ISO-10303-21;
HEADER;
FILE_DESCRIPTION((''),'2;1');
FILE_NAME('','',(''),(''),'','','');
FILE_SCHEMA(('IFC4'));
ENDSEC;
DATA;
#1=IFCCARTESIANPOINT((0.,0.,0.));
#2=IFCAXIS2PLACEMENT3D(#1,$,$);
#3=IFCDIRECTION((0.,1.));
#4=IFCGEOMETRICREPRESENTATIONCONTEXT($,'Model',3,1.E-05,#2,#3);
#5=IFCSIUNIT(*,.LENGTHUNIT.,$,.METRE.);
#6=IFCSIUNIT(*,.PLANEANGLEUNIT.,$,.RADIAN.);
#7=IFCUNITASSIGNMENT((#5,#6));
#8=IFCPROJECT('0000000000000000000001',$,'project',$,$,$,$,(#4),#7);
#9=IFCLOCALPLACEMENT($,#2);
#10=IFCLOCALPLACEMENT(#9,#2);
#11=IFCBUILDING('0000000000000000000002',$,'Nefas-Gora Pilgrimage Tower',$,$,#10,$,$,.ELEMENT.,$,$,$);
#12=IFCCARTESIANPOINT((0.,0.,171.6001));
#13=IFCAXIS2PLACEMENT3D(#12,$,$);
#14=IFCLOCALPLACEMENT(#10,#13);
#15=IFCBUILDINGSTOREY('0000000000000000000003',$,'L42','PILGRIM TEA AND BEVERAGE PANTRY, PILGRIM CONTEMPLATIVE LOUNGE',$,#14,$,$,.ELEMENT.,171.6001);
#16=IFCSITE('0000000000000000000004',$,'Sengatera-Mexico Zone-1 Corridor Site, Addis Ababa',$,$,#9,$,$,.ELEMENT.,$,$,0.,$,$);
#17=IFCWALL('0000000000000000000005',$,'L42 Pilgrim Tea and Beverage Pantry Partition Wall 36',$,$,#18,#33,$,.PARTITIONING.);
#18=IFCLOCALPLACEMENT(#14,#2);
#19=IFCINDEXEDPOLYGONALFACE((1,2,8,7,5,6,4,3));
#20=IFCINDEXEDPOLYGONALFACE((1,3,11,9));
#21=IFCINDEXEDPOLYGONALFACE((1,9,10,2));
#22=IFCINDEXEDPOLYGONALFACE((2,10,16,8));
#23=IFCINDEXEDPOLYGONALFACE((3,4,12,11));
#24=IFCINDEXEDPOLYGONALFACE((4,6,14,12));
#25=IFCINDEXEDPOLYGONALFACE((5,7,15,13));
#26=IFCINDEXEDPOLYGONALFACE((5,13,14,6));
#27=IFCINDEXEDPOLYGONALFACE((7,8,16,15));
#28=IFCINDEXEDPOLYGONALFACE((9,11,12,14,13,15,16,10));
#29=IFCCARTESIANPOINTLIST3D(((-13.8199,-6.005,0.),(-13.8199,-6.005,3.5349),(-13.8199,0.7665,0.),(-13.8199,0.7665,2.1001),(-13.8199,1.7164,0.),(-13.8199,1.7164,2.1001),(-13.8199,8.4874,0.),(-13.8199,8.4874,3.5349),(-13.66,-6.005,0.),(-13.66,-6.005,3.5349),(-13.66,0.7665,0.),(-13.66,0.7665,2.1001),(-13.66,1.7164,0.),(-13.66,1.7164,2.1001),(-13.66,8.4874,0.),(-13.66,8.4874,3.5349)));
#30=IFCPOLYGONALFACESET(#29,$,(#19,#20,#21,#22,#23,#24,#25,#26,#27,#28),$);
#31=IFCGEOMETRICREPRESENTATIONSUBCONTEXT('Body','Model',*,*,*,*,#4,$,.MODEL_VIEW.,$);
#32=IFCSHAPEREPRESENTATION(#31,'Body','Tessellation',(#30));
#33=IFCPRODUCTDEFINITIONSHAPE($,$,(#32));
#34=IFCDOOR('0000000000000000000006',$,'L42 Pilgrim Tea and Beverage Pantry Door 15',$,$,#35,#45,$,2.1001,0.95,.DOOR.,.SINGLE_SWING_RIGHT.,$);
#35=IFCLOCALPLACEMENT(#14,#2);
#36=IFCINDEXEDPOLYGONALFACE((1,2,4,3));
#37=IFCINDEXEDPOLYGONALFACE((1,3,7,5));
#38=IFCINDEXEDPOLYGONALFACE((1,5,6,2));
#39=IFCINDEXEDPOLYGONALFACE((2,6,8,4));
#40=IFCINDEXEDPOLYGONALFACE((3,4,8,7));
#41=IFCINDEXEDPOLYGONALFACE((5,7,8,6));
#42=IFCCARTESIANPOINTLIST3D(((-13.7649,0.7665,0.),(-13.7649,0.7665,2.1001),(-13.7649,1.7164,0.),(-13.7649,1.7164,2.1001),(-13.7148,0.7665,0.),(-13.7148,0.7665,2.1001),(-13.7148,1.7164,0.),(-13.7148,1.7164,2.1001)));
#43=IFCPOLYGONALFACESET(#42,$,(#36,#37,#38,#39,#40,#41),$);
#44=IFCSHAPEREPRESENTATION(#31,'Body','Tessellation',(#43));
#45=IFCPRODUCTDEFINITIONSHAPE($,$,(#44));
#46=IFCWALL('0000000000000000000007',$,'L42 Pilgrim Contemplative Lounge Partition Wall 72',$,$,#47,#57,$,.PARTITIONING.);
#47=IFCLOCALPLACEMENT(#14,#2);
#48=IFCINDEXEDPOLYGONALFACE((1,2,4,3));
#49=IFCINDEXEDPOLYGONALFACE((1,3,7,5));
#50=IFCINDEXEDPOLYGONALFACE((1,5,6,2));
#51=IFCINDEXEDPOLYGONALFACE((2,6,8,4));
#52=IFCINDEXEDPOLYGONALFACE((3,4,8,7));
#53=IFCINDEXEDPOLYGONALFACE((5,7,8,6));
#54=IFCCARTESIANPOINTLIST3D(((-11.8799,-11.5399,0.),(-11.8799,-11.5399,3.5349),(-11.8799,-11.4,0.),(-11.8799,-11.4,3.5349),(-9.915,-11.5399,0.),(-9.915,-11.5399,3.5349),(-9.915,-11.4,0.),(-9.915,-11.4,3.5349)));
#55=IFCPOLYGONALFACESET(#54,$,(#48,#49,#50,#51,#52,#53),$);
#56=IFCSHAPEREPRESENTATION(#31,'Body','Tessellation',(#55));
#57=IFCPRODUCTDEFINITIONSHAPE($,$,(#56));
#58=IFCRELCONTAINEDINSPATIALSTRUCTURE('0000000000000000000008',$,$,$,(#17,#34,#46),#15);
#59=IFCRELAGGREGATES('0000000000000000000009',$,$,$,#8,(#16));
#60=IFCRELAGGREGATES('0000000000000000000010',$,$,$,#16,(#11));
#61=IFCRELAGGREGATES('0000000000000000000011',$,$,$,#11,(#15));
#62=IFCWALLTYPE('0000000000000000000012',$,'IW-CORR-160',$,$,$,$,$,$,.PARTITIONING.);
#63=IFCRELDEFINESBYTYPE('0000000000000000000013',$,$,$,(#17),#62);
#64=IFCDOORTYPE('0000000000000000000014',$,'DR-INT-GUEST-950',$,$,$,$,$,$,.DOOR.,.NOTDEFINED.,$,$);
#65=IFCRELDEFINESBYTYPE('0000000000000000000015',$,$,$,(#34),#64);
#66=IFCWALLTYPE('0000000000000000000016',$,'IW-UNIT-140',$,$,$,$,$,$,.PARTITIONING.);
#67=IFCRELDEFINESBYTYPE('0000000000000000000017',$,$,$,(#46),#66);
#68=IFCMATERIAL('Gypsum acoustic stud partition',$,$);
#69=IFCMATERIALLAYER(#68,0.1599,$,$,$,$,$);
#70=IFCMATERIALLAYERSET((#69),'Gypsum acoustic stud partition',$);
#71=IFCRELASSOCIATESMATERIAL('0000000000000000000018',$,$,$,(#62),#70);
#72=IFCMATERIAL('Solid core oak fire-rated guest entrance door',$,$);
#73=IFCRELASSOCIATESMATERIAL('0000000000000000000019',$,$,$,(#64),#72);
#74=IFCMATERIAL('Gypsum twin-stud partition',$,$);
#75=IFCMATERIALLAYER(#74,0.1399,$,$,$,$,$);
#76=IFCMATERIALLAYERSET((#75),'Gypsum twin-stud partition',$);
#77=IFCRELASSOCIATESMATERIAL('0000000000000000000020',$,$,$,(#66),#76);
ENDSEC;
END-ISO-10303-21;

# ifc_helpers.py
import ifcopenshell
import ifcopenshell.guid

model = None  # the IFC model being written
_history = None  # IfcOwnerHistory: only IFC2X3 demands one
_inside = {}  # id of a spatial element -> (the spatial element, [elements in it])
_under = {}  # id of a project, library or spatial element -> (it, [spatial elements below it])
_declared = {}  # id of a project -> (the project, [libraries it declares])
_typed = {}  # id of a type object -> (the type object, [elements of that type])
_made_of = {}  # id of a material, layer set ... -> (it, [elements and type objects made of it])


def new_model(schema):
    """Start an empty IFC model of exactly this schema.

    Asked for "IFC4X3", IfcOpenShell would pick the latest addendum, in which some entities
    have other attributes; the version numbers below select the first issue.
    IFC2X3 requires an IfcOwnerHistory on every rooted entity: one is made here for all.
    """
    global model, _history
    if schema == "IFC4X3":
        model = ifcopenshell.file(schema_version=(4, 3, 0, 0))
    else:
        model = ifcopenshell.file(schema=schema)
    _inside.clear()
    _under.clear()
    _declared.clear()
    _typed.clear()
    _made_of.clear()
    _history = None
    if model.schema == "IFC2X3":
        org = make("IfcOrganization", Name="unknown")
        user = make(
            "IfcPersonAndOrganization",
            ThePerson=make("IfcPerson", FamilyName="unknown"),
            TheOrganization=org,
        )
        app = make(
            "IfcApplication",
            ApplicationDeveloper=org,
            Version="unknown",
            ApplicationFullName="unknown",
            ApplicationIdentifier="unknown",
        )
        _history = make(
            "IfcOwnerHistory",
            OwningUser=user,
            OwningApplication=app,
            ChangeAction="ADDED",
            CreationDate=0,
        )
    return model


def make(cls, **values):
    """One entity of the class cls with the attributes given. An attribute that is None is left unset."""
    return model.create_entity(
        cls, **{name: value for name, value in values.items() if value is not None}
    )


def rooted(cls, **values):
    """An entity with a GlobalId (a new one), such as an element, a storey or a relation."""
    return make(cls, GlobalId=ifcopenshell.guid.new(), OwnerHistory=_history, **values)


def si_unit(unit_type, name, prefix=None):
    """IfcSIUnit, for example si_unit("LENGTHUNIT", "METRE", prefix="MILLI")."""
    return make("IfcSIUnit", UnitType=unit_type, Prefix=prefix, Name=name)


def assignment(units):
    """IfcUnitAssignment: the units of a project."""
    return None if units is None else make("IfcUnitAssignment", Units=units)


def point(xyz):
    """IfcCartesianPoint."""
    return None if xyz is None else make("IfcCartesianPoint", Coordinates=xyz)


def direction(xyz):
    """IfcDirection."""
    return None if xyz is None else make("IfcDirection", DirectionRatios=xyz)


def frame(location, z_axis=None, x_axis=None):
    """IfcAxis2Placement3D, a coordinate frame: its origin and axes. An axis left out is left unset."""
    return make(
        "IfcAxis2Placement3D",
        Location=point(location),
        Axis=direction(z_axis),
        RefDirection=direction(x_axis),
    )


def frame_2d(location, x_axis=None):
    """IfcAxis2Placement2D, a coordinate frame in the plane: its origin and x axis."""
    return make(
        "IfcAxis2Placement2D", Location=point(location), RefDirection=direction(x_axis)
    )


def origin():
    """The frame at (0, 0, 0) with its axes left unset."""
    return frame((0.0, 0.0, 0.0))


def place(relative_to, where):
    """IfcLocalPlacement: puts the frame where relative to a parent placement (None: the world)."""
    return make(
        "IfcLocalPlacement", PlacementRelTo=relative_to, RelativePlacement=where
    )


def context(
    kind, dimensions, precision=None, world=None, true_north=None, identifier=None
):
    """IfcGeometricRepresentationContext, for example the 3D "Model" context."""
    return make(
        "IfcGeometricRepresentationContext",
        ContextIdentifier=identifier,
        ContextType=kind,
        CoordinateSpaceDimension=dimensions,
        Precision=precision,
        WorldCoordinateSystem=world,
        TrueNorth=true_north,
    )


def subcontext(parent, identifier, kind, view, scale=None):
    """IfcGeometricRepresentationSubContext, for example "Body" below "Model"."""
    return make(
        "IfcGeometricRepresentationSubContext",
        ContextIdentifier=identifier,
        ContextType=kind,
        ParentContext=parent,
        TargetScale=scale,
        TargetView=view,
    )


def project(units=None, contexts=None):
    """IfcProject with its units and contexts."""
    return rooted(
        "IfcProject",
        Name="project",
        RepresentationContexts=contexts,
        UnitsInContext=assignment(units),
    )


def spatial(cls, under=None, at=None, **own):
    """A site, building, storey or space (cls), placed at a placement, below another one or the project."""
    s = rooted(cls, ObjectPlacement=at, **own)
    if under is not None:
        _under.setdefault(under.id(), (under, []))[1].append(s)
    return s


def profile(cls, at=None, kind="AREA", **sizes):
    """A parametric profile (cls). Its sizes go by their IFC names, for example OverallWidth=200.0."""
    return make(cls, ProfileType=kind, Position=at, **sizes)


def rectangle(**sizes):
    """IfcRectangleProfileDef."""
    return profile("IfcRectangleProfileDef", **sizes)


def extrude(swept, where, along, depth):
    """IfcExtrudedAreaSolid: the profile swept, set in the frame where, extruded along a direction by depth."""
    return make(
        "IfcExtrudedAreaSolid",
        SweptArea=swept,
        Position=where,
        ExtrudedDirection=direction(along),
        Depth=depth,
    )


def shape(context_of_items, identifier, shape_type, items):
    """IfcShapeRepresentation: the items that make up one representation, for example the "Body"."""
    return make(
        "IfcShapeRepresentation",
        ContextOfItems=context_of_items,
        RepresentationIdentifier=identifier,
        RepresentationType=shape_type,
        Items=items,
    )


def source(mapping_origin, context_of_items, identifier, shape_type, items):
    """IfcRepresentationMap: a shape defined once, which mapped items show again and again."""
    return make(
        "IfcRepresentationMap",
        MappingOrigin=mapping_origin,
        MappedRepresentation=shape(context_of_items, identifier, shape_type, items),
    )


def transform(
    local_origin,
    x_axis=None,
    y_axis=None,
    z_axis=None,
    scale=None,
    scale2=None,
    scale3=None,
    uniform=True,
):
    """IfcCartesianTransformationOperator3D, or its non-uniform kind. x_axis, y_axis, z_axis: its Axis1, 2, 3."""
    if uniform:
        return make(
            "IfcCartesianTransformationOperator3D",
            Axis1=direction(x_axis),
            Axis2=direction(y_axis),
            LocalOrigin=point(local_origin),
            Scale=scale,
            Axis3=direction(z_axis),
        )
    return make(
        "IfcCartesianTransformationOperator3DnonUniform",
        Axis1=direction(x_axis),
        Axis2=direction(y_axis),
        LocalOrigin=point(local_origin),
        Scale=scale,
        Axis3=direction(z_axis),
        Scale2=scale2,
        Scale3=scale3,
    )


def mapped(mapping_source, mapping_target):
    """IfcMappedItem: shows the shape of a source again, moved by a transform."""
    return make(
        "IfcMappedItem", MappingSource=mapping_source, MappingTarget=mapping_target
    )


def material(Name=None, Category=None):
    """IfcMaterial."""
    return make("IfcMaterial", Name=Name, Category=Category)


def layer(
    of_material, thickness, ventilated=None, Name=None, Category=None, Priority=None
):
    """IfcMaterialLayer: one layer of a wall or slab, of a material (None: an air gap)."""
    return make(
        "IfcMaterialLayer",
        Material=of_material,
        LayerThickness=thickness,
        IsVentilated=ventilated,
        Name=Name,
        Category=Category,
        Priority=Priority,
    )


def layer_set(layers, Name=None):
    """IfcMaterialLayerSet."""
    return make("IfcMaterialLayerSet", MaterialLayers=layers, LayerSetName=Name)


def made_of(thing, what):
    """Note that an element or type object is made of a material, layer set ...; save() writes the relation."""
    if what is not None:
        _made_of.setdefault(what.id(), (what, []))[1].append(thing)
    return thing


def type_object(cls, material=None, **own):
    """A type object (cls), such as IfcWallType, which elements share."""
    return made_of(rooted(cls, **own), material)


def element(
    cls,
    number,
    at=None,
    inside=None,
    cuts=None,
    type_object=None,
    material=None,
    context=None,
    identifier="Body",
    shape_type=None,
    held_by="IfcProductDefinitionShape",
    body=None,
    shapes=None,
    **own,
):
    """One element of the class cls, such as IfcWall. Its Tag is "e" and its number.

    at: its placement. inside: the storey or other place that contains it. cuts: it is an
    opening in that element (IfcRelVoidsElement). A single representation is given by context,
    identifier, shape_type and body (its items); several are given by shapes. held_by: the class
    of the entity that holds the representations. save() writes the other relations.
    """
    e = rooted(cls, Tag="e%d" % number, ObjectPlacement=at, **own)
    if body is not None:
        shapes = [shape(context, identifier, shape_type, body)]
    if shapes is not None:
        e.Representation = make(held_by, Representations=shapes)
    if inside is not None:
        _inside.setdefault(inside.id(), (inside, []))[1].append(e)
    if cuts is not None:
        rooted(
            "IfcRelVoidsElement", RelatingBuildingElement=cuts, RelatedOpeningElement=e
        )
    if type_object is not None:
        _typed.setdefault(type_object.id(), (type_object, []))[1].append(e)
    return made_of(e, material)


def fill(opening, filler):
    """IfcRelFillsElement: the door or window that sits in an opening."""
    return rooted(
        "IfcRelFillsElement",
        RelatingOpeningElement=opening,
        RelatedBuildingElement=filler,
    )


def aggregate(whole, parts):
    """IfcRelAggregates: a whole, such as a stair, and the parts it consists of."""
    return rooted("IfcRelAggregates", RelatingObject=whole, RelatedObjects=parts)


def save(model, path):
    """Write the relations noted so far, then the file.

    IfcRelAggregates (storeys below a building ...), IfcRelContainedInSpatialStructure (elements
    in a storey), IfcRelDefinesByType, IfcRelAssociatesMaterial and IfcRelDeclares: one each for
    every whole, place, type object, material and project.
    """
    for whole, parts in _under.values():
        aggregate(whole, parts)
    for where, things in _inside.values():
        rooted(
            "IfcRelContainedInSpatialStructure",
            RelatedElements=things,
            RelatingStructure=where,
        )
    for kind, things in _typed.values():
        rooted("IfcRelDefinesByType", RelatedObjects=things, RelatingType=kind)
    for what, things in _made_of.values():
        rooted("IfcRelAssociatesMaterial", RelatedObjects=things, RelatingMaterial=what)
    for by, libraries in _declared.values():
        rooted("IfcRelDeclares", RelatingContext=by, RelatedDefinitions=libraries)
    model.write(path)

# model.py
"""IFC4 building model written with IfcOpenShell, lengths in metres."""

from ifc_helpers import new_model, si_unit, direction, frame, frame_2d, origin, place, context, subcontext, project, spatial, rectangle, extrude, source, transform, mapped, material, layer, layer_set, type_object, element, fill, save


model = new_model("IFC4")

# Units and contexts
model_context = context("Model", 3, precision=1e-05, world=origin(), true_north=direction((0.0, 1.0)))
body_context = subcontext(model_context, "Body", "Model", "MODEL_VIEW")
ifc_project = project(units=[si_unit("LENGTHUNIT", "METRE"), si_unit("PLANEANGLEUNIT", "RADIAN")], contexts=[model_context])

# Site, building, storey
site_placement = place(None, origin())
site = spatial("IfcSite", under=ifc_project, at=site_placement, Name="Sengatera-Mexico Zone-1 Corridor Site, Addis Ababa", CompositionType="ELEMENT", RefElevation=0.0)
building_placement = place(site_placement, origin())
building = spatial("IfcBuilding", under=site, at=building_placement, Name="Nefas-Gora Pilgrimage Tower", CompositionType="ELEMENT")
storey_placement = place(building_placement, frame((0.0, 0.0, 171.6001)))
storey = spatial("IfcBuildingStorey", under=building, at=storey_placement, Name="L42", Description="PILGRIM TEA AND BEVERAGE PANTRY, PILGRIM CONTEMPLATIVE LOUNGE", CompositionType="ELEMENT", Elevation=171.6001)

# Wall, opening, door
ifc_material_1 = material(Name="Gypsum acoustic stud partition")
ifc_layer_1 = layer(ifc_material_1, 0.1599)
ifc_layer_set_1 = layer_set([ifc_layer_1], Name="Gypsum acoustic stud partition")
wall_type_1 = type_object("IfcWallType", Name="IW-CORR-160", PredefinedType="PARTITIONING", material=ifc_layer_set_1)
shared_shape_1 = source(origin(), body_context, "Body", "SweptSolid", [
    extrude(rectangle(XDim=14.4924, YDim=0.1599, at=frame_2d((7.2461, 0.0))), origin(), (0.0, 0.0, 1.0), 3.5349),
])
wall_1_placement = place(storey_placement, frame((-13.74, -6.0049, 0.0), z_axis=(0.0, 0.0, 1.0), x_axis=(0.0, 1.0, 0.0)))
wall_1 = element("IfcWall", 1, at=wall_1_placement, inside=storey, type_object=wall_type_1, Name="L42 Pilgrim Tea and Beverage Pantry Partition Wall 36", PredefinedType="PARTITIONING", context=body_context, shape_type="MappedRepresentation", body=[
    mapped(shared_shape_1, transform((0.0, 0.0, 0.0), x_axis=(1.0, 0.0, 0.0), y_axis=(0.0, 1.0, 0.0), z_axis=(0.0, 0.0, 1.0), scale=1.0)),
])
opening_1_placement = place(wall_1_placement, frame((6.7712, 0.0, 0.0)))
opening_1 = element("IfcOpeningElement", 2, at=opening_1_placement, cuts=wall_1, PredefinedType="OPENING", context=body_context, shape_type="SweptSolid", body=[
    extrude(rectangle(XDim=0.95, YDim=2.1001, at=frame_2d((0.4751, 1.05))), frame((0.0, 0.0898, 0.0), z_axis=(0.0, -1.0, 0.0), x_axis=(1.0, 0.0, 0.0)), (0.0, 0.0, 1.0), 0.1799),
])
ifc_material_2 = material(Name="Solid core oak fire-rated guest entrance door")
door_type_1 = type_object("IfcDoorType", Name="DR-INT-GUEST-950", OperationType="NOTDEFINED", PredefinedType="DOOR", material=ifc_material_2)
shared_shape_2 = source(origin(), body_context, "Body", "SweptSolid", [
    extrude(rectangle(XDim=0.95, YDim=2.1001, at=frame_2d((0.4751, 1.05))), frame((0.0, 0.0249, 0.0), z_axis=(0.0, -1.0, 0.0), x_axis=(1.0, 0.0, 0.0)), (0.0, 0.0, 1.0), 0.05),
])
door_1_placement = place(opening_1_placement, origin())
door_1 = element("IfcDoor", 3, at=door_1_placement, inside=storey, type_object=door_type_1, Name="L42 Pilgrim Tea and Beverage Pantry Door 15", OperationType="SINGLE_SWING_RIGHT", OverallHeight=2.1001, OverallWidth=0.95, PredefinedType="DOOR", context=body_context, shape_type="MappedRepresentation", body=[
    mapped(shared_shape_2, transform((0.0, 0.0, 0.0), x_axis=(1.0, 0.0, 0.0), y_axis=(0.0, 1.0, 0.0), z_axis=(0.0, 0.0, 1.0), scale=1.0)),
])
fill(opening_1, door_1)

# Wall
ifc_material_3 = material(Name="Gypsum twin-stud partition")
ifc_layer_2 = layer(ifc_material_3, 0.1399)
ifc_layer_set_2 = layer_set([ifc_layer_2], Name="Gypsum twin-stud partition")
wall_type_2 = type_object("IfcWallType", Name="IW-UNIT-140", PredefinedType="PARTITIONING", material=ifc_layer_set_2)
shared_shape_3 = source(origin(), body_context, "Body", "SweptSolid", [
    extrude(rectangle(XDim=1.9648, YDim=0.1399, at=frame_2d((0.9824, 0.0))), origin(), (0.0, 0.0, 1.0), 3.5349),
])
wall_2_placement = place(storey_placement, frame((-11.8799, -11.47, 0.0), z_axis=(0.0, 0.0, 1.0), x_axis=(1.0, 0.0, 0.0)))
element("IfcWall", 4, at=wall_2_placement, inside=storey, type_object=wall_type_2, Name="L42 Pilgrim Contemplative Lounge Partition Wall 72", PredefinedType="PARTITIONING", context=body_context, shape_type="MappedRepresentation", body=[
    mapped(shared_shape_3, transform((0.0, 0.0, 0.0), x_axis=(1.0, 0.0, 0.0), y_axis=(0.0, 1.0, 0.0), z_axis=(0.0, 0.0, 1.0), scale=1.0)),
])

save(model, "model.ifc")
